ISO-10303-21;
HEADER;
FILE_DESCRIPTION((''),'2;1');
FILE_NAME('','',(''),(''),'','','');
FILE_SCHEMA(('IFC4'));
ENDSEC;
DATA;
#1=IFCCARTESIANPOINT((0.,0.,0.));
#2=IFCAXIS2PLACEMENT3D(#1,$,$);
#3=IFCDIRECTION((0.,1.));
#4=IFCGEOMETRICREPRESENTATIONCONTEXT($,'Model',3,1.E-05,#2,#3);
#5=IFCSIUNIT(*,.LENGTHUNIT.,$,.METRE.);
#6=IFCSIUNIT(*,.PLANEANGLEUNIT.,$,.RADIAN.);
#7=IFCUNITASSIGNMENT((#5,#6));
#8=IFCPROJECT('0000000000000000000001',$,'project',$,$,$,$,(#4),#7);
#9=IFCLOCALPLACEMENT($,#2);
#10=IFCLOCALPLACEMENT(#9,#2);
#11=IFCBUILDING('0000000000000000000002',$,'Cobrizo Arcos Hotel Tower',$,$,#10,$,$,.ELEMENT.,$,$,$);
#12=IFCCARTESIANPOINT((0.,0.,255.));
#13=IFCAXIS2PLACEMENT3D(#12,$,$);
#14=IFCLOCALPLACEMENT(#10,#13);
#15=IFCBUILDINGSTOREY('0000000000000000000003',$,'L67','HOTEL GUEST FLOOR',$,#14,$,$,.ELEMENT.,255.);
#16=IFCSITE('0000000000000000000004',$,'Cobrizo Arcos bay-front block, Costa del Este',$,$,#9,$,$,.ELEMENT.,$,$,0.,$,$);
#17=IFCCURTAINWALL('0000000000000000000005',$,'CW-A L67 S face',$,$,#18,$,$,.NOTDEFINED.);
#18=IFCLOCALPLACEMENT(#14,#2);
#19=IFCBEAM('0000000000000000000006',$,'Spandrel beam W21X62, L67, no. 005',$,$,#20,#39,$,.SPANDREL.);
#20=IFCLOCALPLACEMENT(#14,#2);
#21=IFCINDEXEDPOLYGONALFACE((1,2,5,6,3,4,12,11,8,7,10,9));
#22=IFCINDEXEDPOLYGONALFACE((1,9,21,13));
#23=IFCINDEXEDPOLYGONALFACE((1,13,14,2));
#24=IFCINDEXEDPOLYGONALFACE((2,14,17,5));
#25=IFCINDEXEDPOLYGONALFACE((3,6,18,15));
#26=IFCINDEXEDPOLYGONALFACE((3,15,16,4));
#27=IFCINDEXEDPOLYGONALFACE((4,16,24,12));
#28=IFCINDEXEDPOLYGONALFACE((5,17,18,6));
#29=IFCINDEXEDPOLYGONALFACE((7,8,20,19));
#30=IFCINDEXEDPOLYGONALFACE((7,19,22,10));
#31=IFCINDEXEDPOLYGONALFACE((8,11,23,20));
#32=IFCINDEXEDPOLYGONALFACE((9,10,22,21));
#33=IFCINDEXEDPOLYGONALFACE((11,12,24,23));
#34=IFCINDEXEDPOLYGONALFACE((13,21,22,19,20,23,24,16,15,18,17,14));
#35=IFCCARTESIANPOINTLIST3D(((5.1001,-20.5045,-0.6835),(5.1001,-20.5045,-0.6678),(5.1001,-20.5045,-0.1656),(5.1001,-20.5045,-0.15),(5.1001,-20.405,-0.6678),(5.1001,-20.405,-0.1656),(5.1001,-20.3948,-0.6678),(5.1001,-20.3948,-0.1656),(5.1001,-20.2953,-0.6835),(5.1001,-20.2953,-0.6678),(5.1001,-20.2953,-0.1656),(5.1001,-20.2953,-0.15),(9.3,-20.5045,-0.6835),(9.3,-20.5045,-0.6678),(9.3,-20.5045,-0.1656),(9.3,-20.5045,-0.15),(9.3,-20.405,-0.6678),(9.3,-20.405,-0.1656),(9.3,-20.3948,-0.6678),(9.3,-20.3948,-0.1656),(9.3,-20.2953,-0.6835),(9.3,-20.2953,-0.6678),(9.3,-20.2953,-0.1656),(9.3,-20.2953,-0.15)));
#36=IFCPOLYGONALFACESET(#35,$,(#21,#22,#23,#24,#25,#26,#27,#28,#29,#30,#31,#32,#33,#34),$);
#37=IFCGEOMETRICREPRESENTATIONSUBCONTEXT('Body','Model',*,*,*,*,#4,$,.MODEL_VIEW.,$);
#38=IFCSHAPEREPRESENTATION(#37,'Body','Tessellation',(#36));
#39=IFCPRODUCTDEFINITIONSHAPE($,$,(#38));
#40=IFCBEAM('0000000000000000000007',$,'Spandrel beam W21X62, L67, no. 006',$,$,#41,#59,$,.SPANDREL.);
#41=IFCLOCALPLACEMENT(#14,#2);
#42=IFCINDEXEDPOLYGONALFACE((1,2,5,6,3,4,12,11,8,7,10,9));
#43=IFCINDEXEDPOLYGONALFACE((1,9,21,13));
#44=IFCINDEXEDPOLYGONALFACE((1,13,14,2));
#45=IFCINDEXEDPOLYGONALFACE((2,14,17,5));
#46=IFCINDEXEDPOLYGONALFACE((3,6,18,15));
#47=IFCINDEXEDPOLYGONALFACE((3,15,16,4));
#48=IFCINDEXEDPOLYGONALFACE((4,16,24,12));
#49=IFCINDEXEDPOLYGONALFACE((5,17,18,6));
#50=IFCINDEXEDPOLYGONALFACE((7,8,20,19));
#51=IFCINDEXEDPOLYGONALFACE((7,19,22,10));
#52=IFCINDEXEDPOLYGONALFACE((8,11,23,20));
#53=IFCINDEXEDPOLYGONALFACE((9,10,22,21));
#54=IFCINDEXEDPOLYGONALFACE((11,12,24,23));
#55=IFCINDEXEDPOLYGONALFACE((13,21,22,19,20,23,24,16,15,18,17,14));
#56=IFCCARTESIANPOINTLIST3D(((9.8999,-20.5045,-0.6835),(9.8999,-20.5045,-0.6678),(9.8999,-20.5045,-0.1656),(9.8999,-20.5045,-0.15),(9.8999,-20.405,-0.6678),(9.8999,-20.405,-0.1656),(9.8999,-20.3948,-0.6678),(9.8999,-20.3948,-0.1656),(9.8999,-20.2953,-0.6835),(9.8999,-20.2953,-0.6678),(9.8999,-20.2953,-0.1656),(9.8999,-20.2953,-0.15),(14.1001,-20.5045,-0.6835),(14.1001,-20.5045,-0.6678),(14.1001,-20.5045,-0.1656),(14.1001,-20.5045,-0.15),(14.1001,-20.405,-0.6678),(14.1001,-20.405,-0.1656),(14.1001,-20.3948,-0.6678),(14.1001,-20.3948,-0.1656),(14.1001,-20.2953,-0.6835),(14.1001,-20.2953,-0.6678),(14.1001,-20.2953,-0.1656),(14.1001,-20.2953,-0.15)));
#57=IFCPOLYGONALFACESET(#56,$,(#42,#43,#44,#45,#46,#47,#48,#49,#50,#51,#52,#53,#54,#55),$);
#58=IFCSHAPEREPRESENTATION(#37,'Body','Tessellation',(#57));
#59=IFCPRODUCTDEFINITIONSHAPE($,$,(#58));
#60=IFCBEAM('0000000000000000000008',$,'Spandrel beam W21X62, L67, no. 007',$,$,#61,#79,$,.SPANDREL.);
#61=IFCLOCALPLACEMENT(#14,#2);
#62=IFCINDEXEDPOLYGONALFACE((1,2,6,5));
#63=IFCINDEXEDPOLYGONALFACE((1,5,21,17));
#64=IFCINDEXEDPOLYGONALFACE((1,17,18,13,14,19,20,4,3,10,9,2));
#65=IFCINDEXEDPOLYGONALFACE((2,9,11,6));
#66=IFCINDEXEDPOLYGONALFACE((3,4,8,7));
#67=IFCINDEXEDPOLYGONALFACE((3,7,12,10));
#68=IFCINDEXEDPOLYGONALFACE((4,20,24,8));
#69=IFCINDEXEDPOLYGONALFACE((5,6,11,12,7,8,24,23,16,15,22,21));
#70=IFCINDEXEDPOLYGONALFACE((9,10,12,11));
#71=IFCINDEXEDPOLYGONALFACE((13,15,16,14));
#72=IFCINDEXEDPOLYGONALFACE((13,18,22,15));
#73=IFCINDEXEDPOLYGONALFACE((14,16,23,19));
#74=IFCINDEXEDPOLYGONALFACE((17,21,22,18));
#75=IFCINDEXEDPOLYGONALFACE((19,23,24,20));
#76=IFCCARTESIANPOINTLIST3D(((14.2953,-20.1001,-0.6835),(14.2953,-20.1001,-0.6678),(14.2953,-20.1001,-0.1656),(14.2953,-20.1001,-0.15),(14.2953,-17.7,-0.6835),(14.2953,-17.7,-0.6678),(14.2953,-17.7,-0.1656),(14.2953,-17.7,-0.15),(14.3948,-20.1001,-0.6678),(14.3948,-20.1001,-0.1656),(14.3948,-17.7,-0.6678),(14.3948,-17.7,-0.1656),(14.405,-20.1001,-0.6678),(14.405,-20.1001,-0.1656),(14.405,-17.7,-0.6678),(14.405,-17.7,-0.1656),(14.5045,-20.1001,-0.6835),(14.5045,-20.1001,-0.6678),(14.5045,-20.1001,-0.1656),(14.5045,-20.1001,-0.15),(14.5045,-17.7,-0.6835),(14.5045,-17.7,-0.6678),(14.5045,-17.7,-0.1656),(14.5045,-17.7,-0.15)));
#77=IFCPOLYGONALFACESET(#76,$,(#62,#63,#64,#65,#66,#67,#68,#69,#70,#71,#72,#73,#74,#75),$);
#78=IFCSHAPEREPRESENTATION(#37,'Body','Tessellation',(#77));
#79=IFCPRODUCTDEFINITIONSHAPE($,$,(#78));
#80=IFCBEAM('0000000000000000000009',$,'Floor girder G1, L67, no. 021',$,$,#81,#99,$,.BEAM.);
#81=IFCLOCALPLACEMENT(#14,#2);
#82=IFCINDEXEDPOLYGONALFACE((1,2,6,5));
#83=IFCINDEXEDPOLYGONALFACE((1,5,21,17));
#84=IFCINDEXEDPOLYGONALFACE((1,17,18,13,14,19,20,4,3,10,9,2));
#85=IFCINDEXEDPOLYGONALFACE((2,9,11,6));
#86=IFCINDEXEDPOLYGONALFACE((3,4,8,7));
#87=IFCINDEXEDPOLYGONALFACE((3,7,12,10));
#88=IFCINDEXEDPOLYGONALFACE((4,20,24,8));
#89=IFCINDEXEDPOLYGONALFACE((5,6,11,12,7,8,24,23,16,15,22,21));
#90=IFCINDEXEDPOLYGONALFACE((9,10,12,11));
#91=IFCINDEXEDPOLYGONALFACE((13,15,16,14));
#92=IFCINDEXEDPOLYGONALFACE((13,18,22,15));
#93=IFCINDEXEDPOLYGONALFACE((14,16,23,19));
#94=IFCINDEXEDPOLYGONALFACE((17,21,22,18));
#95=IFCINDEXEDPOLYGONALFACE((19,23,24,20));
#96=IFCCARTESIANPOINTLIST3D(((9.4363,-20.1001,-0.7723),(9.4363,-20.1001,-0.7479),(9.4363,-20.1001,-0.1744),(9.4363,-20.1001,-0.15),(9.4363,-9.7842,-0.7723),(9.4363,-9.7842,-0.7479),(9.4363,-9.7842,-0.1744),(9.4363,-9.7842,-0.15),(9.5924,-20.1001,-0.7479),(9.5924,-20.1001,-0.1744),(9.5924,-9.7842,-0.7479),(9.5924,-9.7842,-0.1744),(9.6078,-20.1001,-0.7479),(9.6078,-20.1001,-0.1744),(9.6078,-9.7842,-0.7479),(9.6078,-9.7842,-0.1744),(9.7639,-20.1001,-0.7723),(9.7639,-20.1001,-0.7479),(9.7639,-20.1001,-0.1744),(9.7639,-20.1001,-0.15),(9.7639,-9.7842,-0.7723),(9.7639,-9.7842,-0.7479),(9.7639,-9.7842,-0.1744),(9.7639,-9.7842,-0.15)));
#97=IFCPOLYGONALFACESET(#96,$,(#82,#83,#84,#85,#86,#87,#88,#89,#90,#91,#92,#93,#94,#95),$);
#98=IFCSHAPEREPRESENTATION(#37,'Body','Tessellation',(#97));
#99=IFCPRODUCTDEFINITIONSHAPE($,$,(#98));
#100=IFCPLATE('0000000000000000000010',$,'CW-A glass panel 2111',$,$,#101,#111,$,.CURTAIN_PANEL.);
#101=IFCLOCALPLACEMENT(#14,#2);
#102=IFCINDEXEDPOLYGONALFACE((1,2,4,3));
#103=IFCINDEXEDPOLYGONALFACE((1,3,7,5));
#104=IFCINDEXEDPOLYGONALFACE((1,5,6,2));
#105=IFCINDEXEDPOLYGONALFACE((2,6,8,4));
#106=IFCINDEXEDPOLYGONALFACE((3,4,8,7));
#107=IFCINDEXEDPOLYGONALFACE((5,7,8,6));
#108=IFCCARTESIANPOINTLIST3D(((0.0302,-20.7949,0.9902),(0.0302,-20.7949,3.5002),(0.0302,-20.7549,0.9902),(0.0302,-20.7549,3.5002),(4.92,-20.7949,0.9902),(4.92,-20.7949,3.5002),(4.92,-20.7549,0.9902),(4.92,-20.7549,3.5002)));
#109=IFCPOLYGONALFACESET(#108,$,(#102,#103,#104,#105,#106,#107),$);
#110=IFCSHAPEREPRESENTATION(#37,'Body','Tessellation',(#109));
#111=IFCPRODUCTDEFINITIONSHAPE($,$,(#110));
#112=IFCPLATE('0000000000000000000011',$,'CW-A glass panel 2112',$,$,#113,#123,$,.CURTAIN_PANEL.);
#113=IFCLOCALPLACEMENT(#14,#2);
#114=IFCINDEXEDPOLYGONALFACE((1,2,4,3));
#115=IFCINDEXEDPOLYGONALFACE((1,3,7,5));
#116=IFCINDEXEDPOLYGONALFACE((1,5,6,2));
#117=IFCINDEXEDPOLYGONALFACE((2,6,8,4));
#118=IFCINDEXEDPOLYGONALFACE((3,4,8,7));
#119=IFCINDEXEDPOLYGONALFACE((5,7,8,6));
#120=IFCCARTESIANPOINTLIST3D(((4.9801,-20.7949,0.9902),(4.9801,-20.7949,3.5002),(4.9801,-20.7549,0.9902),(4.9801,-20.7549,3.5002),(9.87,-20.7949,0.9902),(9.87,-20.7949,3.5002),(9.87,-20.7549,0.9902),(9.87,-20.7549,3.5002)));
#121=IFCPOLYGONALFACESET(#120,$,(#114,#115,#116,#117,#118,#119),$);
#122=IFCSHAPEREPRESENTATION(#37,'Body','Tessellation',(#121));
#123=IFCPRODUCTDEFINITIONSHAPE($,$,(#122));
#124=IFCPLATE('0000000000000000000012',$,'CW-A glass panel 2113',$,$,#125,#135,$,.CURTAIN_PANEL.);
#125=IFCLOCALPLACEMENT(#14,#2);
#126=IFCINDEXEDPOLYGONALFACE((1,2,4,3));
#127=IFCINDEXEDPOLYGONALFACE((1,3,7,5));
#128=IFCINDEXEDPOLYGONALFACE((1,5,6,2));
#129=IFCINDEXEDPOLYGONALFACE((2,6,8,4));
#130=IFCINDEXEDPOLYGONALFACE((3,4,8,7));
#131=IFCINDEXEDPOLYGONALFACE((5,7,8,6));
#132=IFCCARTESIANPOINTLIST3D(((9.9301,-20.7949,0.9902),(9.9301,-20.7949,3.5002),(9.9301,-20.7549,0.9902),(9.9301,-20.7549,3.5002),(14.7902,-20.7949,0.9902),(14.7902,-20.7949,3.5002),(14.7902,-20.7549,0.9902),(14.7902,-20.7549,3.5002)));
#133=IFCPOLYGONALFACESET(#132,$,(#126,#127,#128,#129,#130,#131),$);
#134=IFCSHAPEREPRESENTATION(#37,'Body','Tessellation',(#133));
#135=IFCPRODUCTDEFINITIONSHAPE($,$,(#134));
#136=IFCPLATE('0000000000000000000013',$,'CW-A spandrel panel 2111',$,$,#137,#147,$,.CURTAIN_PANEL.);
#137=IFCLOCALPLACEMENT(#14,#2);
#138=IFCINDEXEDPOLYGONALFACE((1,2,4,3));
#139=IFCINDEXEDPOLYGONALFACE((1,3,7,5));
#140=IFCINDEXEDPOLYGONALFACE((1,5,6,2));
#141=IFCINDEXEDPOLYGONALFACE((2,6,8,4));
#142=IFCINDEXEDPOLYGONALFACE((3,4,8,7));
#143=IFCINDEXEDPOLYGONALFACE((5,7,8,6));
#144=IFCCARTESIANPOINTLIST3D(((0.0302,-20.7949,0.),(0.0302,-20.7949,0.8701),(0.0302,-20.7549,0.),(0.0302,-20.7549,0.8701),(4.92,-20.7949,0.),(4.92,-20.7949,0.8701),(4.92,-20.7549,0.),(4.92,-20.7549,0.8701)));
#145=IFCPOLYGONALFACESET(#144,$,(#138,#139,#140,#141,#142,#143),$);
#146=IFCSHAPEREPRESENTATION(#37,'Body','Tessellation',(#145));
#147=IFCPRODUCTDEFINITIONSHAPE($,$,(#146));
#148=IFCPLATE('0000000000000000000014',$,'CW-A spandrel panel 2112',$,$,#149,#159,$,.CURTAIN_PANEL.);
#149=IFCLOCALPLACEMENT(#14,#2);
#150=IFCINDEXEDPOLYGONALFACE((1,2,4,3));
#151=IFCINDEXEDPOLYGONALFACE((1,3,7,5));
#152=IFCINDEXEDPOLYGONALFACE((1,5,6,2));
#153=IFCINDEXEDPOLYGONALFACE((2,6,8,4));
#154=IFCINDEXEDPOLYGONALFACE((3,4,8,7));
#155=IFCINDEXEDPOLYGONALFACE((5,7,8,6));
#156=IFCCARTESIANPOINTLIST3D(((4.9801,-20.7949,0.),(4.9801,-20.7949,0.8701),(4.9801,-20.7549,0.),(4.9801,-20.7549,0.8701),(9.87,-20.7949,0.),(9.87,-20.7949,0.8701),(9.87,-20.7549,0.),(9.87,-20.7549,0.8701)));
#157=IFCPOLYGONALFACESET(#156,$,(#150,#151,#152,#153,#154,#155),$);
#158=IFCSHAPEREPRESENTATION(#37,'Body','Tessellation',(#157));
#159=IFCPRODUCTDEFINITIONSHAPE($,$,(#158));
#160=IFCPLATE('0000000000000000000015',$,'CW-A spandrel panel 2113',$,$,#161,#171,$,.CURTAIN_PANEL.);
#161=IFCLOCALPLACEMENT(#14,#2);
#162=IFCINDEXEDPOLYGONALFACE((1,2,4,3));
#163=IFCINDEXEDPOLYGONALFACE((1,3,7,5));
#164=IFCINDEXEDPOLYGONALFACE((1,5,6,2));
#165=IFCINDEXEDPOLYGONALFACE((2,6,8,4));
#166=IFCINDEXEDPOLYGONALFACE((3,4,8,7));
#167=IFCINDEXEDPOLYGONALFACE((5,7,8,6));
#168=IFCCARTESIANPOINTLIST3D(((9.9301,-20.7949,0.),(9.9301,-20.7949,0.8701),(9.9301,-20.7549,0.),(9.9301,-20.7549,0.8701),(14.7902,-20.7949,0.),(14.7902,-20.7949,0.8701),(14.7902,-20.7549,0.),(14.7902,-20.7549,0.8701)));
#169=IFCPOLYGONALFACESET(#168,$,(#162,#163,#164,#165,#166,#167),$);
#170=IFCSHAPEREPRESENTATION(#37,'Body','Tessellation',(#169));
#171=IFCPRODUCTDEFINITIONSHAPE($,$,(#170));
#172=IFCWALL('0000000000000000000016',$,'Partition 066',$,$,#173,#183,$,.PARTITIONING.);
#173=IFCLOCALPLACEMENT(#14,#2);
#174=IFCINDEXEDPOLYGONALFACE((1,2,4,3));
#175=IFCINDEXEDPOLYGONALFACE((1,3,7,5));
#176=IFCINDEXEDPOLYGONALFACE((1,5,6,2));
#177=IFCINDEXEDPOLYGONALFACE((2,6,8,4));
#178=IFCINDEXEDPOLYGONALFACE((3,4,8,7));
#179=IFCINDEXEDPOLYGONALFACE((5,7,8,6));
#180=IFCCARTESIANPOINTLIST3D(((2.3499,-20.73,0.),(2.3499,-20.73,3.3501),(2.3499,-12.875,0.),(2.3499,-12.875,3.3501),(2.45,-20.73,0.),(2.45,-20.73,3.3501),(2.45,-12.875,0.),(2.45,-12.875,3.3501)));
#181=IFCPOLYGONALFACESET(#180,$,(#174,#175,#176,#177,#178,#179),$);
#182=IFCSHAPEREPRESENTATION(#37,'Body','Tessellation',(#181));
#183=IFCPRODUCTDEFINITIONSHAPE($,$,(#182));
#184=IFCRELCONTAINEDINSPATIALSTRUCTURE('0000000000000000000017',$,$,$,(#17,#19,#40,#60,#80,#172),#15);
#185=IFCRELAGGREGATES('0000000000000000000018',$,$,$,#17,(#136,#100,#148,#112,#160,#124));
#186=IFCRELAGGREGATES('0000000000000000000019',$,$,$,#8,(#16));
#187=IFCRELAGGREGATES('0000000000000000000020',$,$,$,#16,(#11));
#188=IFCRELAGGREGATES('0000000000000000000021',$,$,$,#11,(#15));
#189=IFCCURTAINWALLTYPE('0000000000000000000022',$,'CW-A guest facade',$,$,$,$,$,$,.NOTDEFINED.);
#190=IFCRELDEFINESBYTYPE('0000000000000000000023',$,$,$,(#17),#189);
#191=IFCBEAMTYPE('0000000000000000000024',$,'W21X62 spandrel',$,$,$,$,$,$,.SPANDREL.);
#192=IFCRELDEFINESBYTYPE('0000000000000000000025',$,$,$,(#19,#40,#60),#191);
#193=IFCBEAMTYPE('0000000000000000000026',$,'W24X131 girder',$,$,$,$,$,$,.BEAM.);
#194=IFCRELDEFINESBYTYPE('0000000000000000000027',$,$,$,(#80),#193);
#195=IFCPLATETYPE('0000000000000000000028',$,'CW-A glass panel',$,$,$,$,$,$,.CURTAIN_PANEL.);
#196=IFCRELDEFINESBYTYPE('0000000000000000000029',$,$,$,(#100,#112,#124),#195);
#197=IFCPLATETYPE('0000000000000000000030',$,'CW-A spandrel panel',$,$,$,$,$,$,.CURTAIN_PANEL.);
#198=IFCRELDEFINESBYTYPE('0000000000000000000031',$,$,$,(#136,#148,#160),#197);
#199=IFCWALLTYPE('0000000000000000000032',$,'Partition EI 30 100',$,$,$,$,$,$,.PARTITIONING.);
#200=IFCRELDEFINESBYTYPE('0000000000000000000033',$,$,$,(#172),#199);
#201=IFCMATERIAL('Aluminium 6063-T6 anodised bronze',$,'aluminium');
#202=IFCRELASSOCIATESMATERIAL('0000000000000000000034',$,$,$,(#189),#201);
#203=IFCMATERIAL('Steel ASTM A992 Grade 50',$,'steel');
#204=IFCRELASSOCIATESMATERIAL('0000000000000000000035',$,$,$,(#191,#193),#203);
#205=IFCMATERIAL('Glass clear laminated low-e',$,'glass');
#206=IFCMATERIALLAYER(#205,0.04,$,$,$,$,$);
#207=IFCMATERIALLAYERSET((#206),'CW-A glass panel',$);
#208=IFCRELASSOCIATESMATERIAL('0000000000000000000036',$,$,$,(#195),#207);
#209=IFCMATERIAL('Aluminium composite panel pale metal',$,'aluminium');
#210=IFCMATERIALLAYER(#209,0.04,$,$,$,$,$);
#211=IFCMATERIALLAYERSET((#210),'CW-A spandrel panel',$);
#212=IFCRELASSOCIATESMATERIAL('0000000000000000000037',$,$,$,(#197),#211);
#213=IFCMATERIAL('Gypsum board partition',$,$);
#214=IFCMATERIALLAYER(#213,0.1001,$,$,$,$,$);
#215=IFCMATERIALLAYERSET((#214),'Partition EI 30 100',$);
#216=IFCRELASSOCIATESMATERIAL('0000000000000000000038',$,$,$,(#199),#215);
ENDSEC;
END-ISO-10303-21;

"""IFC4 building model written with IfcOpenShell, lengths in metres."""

from ifc_helpers import new_model, si_unit, direction, frame, frame_2d, origin, origin_2d, place, context, subcontext, project, spatial, rectangle, i_section, extrude, material, layer, layer_set, material_profile, profile_set, type_object, element, aggregate, save


model = new_model("IFC4")

# Units and contexts
model_context = context("Model", 3, precision=1e-05, world=origin(), true_north=direction((0.0, 1.0)))
body_context = subcontext(model_context, "Body", "Model", "MODEL_VIEW")
ifc_project = project(units=[si_unit("LENGTHUNIT", "METRE"), si_unit("PLANEANGLEUNIT", "RADIAN")], contexts=[model_context])

# Site, building, storey
site_placement = place(None, origin())
site = spatial("IfcSite", under=ifc_project, at=site_placement, Name="Cobrizo Arcos bay-front block, Costa del Este", CompositionType="ELEMENT", RefElevation=0.0)
building_placement = place(site_placement, origin())
building = spatial("IfcBuilding", under=site, at=building_placement, Name="Cobrizo Arcos Hotel Tower", CompositionType="ELEMENT")
storey_placement = place(building_placement, frame((0.0, 0.0, 255.0)))
storey = spatial("IfcBuildingStorey", under=building, at=storey_placement, Name="L67", Description="HOTEL GUEST FLOOR", CompositionType="ELEMENT", Elevation=255.0)

# Curtain wall
ifc_material_1 = material(Name="Aluminium 6063-T6 anodised bronze", Category="aluminium")
curtain_wall_type = type_object("IfcCurtainWallType", Name="CW-A guest facade", PredefinedType="NOTDEFINED", material=ifc_material_1)
curtain_wall_placement = place(storey_placement, origin())
curtain_wall = element("IfcCurtainWall", 1, at=curtain_wall_placement, inside=storey, type_object=curtain_wall_type, Name="CW-A L67 S face", PredefinedType="NOTDEFINED")

# Beams
ifc_material_2 = material(Name="Steel ASTM A992 Grade 50", Category="steel")
ifc_material_profile_1 = material_profile(ifc_material_2, i_section(OverallWidth=0.2092, OverallDepth=0.5334, WebThickness=0.0103, FlangeThickness=0.0156, at=origin_2d()), Name="W21X62")
ifc_profile_set_1 = profile_set([ifc_material_profile_1], Name="Steel ASTM A992 Grade 50")
beam_type_1 = type_object("IfcBeamType", Name="W21X62 spandrel", PredefinedType="SPANDREL", material=ifc_profile_set_1)
for number, where, z_axis, x_axis, name in (
    (2, (5.1001, -20.3999, -0.4167), (1.0, 0.0, 0.0), (0.0, 1.0, 0.0), "Spandrel beam W21X62, L67, no. 005"),
):
    element("IfcBeam", number, at=place(storey_placement, frame(where, z_axis=z_axis, x_axis=x_axis)), inside=storey, type_object=beam_type_1, Name=name, PredefinedType="SPANDREL", context=body_context, shape_type="SweptSolid", body=[
        extrude(i_section(OverallWidth=0.2092, OverallDepth=0.5334, WebThickness=0.0103, FlangeThickness=0.0156, at=origin_2d()), origin(), (0.0, 0.0, 1.0), 4.2),
    ])
beam_1_placement = place(storey_placement, frame((9.8999, -20.3999, -0.4167), z_axis=(1.0, 0.0, 0.0), x_axis=(0.0, 1.0, 0.0)))
element("IfcBeam", 3, at=beam_1_placement, inside=storey, type_object=beam_type_1, Name="Spandrel beam W21X62, L67, no. 006", PredefinedType="SPANDREL", context=body_context, shape_type="SweptSolid", body=[
    extrude(i_section(OverallWidth=0.2092, OverallDepth=0.5334, WebThickness=0.0103, FlangeThickness=0.0156, at=origin_2d()), origin(), (0.0, 0.0, 1.0), 4.2002),
])
beam_2_placement = place(storey_placement, frame((14.3999, -20.1001, -0.4167), z_axis=(0.0, 1.0, 0.0), x_axis=(-1.0, 0.0, 0.0)))
element("IfcBeam", 4, at=beam_2_placement, inside=storey, type_object=beam_type_1, Name="Spandrel beam W21X62, L67, no. 007", PredefinedType="SPANDREL", context=body_context, shape_type="SweptSolid", body=[
    extrude(i_section(OverallWidth=0.2092, OverallDepth=0.5334, WebThickness=0.0103, FlangeThickness=0.0156, at=origin_2d()), origin(), (0.0, 0.0, 1.0), 2.4001),
])
ifc_material_profile_2 = material_profile(ifc_material_2, i_section(OverallWidth=0.3276, OverallDepth=0.6223, WebThickness=0.0154, FlangeThickness=0.0244, at=origin_2d()), Name="W24X131")
ifc_profile_set_2 = profile_set([ifc_material_profile_2], Name="Steel ASTM A992 Grade 50")
beam_type_2 = type_object("IfcBeamType", Name="W24X131 girder", PredefinedType="BEAM", material=ifc_profile_set_2)
beam_3_placement = place(storey_placement, frame((9.6001, -20.1001, -0.4612), z_axis=(0.0, 1.0, 0.0), x_axis=(-1.0, 0.0, 0.0)))
element("IfcBeam", 5, at=beam_3_placement, inside=storey, type_object=beam_type_2, Name="Floor girder G1, L67, no. 021", PredefinedType="BEAM", context=body_context, shape_type="SweptSolid", body=[
    extrude(i_section(OverallWidth=0.3276, OverallDepth=0.6223, WebThickness=0.0154, FlangeThickness=0.0244, at=origin_2d()), origin(), (0.0, 0.0, 1.0), 10.3159),
])

# Plates
ifc_material_3 = material(Name="Glass clear laminated low-e", Category="glass")
ifc_layer_1 = layer(ifc_material_3, 0.04)
ifc_layer_set_1 = layer_set([ifc_layer_1], Name="CW-A glass panel")
plate_type_1 = type_object("IfcPlateType", Name="CW-A glass panel", PredefinedType="CURTAIN_PANEL", material=ifc_layer_set_1)
plate_1_placement = place(storey_placement, frame((2.4751, -20.7749, 0.9902), z_axis=(0.0, 0.0, 1.0), x_axis=(1.0, 0.0, 0.0)))
plate_1 = element("IfcPlate", 6, at=plate_1_placement, type_object=plate_type_1, Name="CW-A glass panel 2111", PredefinedType="CURTAIN_PANEL", context=body_context, shape_type="SweptSolid", body=[
    extrude(rectangle(XDim=4.8899, YDim=0.04, at=origin_2d()), origin(), (0.0, 0.0, 1.0), 2.51),
])
plate_2_placement = place(storey_placement, frame((7.425, -20.7749, 0.9902), z_axis=(0.0, 0.0, 1.0), x_axis=(1.0, 0.0, 0.0)))
plate_2 = element("IfcPlate", 7, at=plate_2_placement, type_object=plate_type_1, Name="CW-A glass panel 2112", PredefinedType="CURTAIN_PANEL", context=body_context, shape_type="SweptSolid", body=[
    extrude(rectangle(XDim=4.8899, YDim=0.04, at=origin_2d()), origin(), (0.0, 0.0, 1.0), 2.51),
])
plate_3_placement = place(storey_placement, frame((12.3601, -20.7749, 0.9902), z_axis=(0.0, 0.0, 1.0), x_axis=(1.0, 0.0, 0.0)))
plate_3 = element("IfcPlate", 8, at=plate_3_placement, type_object=plate_type_1, Name="CW-A glass panel 2113", PredefinedType="CURTAIN_PANEL", context=body_context, shape_type="SweptSolid", body=[
    extrude(rectangle(XDim=4.8601, YDim=0.04, at=origin_2d()), origin(), (0.0, 0.0, 1.0), 2.51),
])
ifc_material_4 = material(Name="Aluminium composite panel pale metal", Category="aluminium")
ifc_layer_2 = layer(ifc_material_4, 0.04)
ifc_layer_set_2 = layer_set([ifc_layer_2], Name="CW-A spandrel panel")
plate_type_2 = type_object("IfcPlateType", Name="CW-A spandrel panel", PredefinedType="CURTAIN_PANEL", material=ifc_layer_set_2)
plate_4_placement = place(storey_placement, frame((2.4751, -20.7749, 0.0), z_axis=(0.0, 0.0, 1.0), x_axis=(1.0, 0.0, 0.0)))
plate_4 = element("IfcPlate", 9, at=plate_4_placement, type_object=plate_type_2, Name="CW-A spandrel panel 2111", PredefinedType="CURTAIN_PANEL", context=body_context, shape_type="SweptSolid", body=[
    extrude(rectangle(XDim=4.8899, YDim=0.04, at=origin_2d()), origin(), (0.0, 0.0, 1.0), 0.8701),
])
plate_5_placement = place(storey_placement, frame((7.425, -20.7749, 0.0), z_axis=(0.0, 0.0, 1.0), x_axis=(1.0, 0.0, 0.0)))
plate_5 = element("IfcPlate", 10, at=plate_5_placement, type_object=plate_type_2, Name="CW-A spandrel panel 2112", PredefinedType="CURTAIN_PANEL", context=body_context, shape_type="SweptSolid", body=[
    extrude(rectangle(XDim=4.8899, YDim=0.04, at=origin_2d()), origin(), (0.0, 0.0, 1.0), 0.8701),
])
plate_6_placement = place(storey_placement, frame((12.3601, -20.7749, 0.0), z_axis=(0.0, 0.0, 1.0), x_axis=(1.0, 0.0, 0.0)))
plate_6 = element("IfcPlate", 11, at=plate_6_placement, type_object=plate_type_2, Name="CW-A spandrel panel 2113", PredefinedType="CURTAIN_PANEL", context=body_context, shape_type="SweptSolid", body=[
    extrude(rectangle(XDim=4.8601, YDim=0.04, at=origin_2d()), origin(), (0.0, 0.0, 1.0), 0.8701),
])
aggregate(curtain_wall, [plate_4, plate_1, plate_5, plate_2, plate_6, plate_3])

# Wall
ifc_material_5 = material(Name="Gypsum board partition")
ifc_layer_3 = layer(ifc_material_5, 0.1001)
ifc_layer_set_3 = layer_set([ifc_layer_3], Name="Partition EI 30 100")
wall_type = type_object("IfcWallType", Name="Partition EI 30 100", PredefinedType="PARTITIONING", material=ifc_layer_set_3)
for number, where, z_axis, x_axis, name in (
    (12, (2.3999, -20.73, 0.0), (0.0, 0.0, 1.0), (0.0, 1.0, 0.0), "Partition 066"),
):
    element("IfcWall", number, at=place(storey_placement, frame(where, z_axis=z_axis, x_axis=x_axis)), inside=storey, type_object=wall_type, Name=name, PredefinedType="PARTITIONING", context=body_context, shape_type="SweptSolid", body=[
        extrude(rectangle(XDim=7.855, YDim=0.1001, at=frame_2d((3.9275, 0.0))), origin(), (0.0, 0.0, 1.0), 3.3501),
    ])

save(model, "model.ifc")
